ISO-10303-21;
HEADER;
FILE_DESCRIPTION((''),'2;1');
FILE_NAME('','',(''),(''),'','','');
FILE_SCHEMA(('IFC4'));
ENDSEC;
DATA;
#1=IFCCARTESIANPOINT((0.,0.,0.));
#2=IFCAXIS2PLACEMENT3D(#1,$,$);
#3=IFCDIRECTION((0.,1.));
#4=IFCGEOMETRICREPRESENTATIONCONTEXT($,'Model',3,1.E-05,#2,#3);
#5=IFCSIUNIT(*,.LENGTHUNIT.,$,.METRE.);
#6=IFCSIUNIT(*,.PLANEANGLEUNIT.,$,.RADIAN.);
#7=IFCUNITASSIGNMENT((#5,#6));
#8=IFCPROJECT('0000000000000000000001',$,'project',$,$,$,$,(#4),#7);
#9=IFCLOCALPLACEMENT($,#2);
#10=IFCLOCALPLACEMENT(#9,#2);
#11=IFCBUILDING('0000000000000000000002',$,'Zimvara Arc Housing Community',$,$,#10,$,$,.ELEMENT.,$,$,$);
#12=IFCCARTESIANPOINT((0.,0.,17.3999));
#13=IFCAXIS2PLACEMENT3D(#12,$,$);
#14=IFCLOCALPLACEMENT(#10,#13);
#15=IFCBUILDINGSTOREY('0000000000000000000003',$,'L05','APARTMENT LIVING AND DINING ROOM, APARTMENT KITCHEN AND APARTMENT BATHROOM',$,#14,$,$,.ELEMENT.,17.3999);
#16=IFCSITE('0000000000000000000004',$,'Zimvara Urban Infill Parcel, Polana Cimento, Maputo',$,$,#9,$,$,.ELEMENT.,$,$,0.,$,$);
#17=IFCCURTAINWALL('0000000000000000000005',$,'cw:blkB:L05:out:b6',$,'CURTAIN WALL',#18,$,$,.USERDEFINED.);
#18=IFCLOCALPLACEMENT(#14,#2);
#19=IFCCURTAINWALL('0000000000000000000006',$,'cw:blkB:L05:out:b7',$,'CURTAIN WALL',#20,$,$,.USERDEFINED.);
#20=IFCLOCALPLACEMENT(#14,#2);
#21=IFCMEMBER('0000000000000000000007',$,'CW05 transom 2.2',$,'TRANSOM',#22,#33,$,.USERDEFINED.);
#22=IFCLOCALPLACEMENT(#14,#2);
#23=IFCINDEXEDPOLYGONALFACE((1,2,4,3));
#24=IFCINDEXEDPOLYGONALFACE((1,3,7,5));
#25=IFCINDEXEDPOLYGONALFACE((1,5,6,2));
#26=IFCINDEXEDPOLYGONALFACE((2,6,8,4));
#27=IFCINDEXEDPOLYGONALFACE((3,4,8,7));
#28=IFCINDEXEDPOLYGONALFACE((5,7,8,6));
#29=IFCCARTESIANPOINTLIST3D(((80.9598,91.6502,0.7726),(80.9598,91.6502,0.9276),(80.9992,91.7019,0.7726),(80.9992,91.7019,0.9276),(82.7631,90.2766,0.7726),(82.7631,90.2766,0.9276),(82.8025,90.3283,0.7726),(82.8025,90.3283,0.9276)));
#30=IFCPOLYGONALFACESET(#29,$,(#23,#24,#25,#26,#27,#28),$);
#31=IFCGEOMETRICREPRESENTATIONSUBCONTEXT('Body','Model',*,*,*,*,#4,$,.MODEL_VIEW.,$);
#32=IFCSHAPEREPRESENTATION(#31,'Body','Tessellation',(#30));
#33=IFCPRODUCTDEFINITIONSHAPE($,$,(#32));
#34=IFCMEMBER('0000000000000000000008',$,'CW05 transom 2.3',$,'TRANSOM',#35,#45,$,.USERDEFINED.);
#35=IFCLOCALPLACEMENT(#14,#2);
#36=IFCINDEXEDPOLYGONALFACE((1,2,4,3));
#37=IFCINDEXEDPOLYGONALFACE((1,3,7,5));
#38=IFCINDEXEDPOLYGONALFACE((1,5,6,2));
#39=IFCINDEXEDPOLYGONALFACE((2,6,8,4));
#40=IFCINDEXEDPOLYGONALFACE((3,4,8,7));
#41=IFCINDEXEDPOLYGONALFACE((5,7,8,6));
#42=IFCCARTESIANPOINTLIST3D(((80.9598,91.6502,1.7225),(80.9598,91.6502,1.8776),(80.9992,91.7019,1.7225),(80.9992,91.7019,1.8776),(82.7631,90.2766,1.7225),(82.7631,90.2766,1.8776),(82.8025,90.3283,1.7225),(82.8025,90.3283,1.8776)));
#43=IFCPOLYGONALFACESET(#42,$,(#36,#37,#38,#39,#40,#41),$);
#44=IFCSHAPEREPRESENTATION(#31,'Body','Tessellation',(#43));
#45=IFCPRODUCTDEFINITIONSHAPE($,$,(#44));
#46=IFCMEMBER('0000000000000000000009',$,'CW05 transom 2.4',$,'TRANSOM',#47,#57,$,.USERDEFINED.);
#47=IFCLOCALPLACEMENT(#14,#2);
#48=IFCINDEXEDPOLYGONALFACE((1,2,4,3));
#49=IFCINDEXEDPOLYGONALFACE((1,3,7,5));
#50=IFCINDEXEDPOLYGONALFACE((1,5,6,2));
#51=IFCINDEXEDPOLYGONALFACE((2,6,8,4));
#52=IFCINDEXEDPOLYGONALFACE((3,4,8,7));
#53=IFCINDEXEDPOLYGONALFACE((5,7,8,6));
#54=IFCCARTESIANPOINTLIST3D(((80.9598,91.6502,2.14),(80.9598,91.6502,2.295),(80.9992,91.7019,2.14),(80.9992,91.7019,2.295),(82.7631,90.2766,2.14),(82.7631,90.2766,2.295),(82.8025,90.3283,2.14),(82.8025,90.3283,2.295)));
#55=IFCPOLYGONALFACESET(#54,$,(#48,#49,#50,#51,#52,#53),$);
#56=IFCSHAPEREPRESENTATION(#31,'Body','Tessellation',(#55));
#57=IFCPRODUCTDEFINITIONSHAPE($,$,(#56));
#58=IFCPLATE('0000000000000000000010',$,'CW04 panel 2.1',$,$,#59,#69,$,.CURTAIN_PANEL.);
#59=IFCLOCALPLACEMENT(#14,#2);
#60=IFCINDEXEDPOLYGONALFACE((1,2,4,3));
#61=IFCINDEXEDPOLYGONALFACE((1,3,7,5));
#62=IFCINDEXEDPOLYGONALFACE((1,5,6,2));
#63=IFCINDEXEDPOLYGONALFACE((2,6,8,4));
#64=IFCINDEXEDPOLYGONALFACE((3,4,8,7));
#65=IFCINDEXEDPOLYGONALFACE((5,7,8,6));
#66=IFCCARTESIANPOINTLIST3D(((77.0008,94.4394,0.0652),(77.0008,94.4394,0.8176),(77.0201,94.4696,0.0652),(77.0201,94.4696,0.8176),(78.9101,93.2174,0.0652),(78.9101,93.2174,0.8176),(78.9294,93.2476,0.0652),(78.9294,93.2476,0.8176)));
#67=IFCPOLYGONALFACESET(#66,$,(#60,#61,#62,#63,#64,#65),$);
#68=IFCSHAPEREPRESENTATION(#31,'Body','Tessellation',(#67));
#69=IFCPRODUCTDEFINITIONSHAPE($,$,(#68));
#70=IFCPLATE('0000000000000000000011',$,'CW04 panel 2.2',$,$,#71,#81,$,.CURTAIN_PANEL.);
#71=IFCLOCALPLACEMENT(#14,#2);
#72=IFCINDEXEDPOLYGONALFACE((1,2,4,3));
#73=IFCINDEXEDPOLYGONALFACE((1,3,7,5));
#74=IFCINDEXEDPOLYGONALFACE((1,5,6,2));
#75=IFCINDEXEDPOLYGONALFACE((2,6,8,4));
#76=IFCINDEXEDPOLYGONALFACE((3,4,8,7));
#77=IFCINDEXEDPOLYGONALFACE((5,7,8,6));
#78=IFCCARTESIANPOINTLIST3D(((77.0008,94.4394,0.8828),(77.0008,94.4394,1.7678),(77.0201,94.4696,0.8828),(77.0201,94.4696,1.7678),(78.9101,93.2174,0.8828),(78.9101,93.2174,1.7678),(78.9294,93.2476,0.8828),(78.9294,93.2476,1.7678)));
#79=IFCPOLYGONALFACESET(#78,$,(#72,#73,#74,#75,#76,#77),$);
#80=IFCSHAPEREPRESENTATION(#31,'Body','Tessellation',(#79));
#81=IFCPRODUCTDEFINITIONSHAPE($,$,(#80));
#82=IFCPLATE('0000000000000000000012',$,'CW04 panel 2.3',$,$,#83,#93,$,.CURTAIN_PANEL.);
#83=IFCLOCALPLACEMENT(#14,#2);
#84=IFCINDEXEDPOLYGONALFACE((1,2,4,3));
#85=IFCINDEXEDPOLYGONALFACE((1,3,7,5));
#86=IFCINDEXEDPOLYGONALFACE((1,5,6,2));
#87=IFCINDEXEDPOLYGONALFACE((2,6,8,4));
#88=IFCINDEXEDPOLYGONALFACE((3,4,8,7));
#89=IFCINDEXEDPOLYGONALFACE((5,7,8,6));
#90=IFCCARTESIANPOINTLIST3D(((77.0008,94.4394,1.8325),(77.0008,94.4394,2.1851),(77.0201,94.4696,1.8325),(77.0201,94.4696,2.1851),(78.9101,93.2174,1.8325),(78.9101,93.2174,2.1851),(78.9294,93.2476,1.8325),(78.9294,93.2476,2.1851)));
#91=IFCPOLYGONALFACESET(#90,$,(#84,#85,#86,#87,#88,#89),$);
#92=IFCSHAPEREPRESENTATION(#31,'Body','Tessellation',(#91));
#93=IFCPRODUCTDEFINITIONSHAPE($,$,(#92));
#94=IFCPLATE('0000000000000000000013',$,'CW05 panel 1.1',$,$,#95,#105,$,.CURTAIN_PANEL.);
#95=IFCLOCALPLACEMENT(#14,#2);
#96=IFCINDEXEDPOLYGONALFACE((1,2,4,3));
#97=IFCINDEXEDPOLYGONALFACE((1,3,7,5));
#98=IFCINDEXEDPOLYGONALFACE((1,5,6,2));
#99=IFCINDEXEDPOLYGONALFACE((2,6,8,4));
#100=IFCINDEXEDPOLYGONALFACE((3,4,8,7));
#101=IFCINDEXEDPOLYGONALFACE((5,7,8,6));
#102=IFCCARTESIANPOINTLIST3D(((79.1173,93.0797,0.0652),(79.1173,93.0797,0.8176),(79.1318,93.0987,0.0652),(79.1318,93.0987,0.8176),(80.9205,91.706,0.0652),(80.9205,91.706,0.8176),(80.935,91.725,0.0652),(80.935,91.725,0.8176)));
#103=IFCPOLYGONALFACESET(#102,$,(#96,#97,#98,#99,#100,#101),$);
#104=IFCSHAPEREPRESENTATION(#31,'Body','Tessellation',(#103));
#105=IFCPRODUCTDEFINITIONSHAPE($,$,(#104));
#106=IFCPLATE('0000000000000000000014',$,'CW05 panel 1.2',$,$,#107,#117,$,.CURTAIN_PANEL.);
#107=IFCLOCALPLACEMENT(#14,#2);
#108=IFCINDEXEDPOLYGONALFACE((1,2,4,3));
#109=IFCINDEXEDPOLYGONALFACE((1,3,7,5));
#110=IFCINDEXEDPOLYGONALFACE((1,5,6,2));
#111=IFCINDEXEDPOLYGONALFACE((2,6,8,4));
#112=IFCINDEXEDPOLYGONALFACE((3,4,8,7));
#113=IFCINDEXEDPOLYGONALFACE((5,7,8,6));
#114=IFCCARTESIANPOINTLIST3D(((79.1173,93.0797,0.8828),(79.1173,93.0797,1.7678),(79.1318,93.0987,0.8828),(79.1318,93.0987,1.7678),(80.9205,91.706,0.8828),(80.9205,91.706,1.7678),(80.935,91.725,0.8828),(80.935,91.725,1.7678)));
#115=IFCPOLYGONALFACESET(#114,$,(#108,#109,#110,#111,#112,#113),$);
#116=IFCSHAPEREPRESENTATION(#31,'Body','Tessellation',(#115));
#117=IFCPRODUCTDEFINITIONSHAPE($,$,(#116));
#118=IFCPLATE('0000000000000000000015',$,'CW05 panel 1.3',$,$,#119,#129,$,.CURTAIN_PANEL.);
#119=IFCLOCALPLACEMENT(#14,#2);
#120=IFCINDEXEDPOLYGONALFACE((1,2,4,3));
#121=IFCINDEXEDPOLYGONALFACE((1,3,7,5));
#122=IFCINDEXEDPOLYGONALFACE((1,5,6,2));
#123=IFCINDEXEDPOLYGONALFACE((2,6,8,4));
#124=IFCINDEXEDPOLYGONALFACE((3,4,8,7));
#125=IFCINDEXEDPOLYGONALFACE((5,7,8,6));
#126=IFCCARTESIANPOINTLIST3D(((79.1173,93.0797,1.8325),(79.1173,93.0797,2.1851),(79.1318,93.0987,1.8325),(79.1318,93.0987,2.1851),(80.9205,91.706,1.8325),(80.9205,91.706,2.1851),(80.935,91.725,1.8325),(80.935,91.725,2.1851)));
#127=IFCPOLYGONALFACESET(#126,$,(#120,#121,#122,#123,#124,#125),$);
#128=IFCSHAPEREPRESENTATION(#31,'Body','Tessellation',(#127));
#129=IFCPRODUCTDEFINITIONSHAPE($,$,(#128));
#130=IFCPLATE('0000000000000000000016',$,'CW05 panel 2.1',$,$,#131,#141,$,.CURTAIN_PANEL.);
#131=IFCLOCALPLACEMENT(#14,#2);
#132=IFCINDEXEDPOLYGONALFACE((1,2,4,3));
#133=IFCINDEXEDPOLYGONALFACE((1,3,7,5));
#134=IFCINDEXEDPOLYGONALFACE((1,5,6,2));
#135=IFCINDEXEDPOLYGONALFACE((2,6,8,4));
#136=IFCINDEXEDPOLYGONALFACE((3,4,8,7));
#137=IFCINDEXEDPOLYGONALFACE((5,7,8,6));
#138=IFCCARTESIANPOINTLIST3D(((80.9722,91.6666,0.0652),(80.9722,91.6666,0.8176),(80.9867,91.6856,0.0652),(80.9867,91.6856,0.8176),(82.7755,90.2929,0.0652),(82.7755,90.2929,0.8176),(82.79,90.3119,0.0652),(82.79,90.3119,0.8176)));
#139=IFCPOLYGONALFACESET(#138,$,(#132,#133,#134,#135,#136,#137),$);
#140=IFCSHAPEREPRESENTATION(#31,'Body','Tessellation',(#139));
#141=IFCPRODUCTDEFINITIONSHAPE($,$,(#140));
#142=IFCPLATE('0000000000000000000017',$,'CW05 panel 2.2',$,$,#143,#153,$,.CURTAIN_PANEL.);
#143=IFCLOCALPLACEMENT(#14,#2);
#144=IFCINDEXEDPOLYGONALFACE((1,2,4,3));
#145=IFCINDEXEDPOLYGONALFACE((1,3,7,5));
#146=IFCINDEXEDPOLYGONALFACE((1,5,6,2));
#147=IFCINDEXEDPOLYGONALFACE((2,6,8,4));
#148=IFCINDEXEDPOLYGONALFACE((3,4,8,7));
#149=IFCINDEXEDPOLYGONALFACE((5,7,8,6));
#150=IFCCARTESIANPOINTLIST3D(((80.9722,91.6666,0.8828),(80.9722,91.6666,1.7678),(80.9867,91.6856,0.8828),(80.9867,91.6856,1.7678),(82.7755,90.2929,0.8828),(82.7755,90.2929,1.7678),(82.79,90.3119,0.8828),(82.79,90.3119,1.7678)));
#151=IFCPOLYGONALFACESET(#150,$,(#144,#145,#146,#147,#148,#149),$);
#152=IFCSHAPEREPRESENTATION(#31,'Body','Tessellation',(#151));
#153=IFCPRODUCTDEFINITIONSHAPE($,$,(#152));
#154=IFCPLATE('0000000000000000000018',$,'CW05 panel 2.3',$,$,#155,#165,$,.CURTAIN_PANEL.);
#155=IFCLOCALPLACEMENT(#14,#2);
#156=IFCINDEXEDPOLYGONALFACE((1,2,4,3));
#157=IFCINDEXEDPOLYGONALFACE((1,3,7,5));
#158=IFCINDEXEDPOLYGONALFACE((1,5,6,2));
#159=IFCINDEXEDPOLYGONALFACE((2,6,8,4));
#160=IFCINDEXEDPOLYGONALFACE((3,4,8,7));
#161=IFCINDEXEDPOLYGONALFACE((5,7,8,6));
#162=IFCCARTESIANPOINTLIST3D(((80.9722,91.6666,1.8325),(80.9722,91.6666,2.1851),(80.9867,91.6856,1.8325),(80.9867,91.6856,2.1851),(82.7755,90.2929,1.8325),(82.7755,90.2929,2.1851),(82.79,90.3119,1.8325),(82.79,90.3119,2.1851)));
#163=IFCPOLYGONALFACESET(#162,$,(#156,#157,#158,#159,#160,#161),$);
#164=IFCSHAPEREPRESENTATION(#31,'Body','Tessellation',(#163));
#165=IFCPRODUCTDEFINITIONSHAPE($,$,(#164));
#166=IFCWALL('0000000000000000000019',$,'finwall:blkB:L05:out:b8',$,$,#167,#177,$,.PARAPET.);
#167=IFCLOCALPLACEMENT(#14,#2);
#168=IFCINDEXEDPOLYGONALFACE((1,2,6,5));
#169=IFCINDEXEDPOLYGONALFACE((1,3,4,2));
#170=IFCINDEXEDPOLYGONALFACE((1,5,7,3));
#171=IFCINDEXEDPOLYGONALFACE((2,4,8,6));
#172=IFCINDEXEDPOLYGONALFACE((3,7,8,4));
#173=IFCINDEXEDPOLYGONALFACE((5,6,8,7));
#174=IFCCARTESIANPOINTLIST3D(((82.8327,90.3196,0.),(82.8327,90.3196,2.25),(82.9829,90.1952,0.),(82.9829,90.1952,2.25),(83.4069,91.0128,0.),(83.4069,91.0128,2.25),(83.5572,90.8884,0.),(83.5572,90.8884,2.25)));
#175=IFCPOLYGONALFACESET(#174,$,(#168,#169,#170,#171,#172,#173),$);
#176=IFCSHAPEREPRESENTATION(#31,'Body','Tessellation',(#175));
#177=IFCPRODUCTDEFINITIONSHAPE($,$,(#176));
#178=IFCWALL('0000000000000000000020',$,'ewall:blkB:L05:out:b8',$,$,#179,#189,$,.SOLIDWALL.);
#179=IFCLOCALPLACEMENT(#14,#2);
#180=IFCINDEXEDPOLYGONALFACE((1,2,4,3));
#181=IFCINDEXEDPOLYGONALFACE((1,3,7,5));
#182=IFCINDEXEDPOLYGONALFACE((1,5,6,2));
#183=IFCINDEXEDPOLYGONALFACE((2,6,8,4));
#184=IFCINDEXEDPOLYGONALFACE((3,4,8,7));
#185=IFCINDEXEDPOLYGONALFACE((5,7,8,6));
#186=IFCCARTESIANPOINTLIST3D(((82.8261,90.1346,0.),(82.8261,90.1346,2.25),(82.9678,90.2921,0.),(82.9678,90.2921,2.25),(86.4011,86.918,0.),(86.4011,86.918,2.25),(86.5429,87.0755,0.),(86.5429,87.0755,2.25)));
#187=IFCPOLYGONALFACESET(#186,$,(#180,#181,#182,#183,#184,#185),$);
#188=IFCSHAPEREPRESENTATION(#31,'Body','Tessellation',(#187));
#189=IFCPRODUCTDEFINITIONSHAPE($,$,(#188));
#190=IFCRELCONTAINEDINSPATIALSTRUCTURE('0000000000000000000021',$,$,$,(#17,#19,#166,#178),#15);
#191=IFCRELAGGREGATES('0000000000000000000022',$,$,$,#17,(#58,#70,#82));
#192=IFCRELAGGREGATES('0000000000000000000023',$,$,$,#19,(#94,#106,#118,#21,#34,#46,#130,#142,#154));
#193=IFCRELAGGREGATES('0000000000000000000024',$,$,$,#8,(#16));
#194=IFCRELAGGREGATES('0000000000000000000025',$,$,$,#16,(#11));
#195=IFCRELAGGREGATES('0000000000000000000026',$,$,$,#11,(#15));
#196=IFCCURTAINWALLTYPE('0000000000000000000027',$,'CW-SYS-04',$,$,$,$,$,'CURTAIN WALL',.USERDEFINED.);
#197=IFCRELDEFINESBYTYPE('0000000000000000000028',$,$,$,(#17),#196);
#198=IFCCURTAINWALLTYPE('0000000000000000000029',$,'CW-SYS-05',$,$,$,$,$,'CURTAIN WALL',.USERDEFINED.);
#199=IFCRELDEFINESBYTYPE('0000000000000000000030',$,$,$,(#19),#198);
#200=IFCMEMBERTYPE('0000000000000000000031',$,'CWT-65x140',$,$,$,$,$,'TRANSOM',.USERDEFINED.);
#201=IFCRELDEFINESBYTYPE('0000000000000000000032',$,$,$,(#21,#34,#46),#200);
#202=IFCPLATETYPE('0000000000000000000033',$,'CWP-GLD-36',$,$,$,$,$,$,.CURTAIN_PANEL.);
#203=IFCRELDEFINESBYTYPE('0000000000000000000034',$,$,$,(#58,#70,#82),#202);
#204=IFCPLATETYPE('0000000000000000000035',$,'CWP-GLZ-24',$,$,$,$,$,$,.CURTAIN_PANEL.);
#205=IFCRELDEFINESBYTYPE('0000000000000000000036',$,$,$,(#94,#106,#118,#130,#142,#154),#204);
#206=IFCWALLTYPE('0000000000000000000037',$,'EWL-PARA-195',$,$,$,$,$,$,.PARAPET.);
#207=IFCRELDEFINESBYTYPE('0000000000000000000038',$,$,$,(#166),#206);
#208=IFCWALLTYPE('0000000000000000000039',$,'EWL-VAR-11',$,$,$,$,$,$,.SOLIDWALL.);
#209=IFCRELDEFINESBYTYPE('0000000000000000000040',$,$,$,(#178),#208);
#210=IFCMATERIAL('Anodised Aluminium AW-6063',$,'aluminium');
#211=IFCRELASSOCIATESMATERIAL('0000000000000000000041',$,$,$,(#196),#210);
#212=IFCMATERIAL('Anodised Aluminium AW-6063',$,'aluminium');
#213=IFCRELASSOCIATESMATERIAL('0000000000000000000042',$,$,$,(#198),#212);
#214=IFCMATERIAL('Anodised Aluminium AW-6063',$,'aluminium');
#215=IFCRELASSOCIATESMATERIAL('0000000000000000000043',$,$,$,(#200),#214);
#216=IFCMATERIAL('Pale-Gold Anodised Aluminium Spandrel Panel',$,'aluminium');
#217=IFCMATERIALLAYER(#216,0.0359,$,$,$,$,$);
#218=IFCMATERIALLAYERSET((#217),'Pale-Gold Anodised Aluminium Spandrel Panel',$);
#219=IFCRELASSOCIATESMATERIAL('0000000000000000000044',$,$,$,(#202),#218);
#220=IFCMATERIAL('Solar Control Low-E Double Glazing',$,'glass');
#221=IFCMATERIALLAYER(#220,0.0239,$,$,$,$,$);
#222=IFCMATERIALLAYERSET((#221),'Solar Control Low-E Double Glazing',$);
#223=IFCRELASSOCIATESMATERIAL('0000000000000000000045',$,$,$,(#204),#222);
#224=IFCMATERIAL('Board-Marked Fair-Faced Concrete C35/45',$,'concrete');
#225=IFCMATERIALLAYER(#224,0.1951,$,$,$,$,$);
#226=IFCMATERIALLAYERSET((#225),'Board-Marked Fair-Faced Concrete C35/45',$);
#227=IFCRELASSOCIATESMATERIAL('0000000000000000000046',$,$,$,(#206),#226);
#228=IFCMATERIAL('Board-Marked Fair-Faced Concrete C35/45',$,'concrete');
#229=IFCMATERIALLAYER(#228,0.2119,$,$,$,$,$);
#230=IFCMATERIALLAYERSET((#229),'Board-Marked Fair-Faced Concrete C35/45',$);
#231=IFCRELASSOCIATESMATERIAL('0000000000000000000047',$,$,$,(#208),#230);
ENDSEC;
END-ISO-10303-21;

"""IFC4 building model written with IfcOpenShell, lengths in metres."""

from ifc_helpers import new_model, si_unit, direction, frame, frame_2d, origin, origin_2d, place, context, subcontext, project, spatial, rectangle, extrude, material, layer, layer_set, material_profile, profile_set, type_object, element, aggregate, save


model = new_model("IFC4")

# Units and contexts
model_context = context("Model", 3, precision=1e-05, world=origin(), true_north=direction((0.0, 1.0)))
body_context = subcontext(model_context, "Body", "Model", "MODEL_VIEW")
ifc_project = project(units=[si_unit("LENGTHUNIT", "METRE"), si_unit("PLANEANGLEUNIT", "RADIAN")], contexts=[model_context])

# Site, building, storey
site_placement = place(None, origin())
site = spatial("IfcSite", under=ifc_project, at=site_placement, Name="Zimvara Urban Infill Parcel, Polana Cimento, Maputo", CompositionType="ELEMENT", RefElevation=0.0)
building_placement = place(site_placement, origin())
building = spatial("IfcBuilding", under=site, at=building_placement, Name="Zimvara Arc Housing Community", CompositionType="ELEMENT")
storey_placement = place(building_placement, frame((0.0, 0.0, 17.3999)))
storey = spatial("IfcBuildingStorey", under=building, at=storey_placement, Name="L05", Description="APARTMENT LIVING AND DINING ROOM, APARTMENT KITCHEN AND APARTMENT BATHROOM", CompositionType="ELEMENT", Elevation=17.3999)

# Curtain wall
ifc_material_1 = material(Name="Anodised Aluminium AW-6063", Category="aluminium")
curtain_wall_type_1 = type_object("IfcCurtainWallType", Name="CW-SYS-04", ElementType="CURTAIN WALL", PredefinedType="USERDEFINED", material=ifc_material_1)
curtain_wall_1_placement = place(storey_placement, origin())
curtain_wall_1 = element("IfcCurtainWall", 1, at=curtain_wall_1_placement, inside=storey, type_object=curtain_wall_type_1, Name="cw:blkB:L05:out:b6", ObjectType="CURTAIN WALL", PredefinedType="USERDEFINED")

# Curtain wall, members
ifc_material_2 = material(Name="Anodised Aluminium AW-6063", Category="aluminium")
curtain_wall_type_2 = type_object("IfcCurtainWallType", Name="CW-SYS-05", ElementType="CURTAIN WALL", PredefinedType="USERDEFINED", material=ifc_material_2)
curtain_wall_2_placement = place(storey_placement, origin())
curtain_wall_2 = element("IfcCurtainWall", 2, at=curtain_wall_2_placement, inside=storey, type_object=curtain_wall_type_2, Name="cw:blkB:L05:out:b7", ObjectType="CURTAIN WALL", PredefinedType="USERDEFINED")
ifc_material_3 = material(Name="Anodised Aluminium AW-6063", Category="aluminium")
ifc_material_profile_1 = material_profile(ifc_material_3, rectangle(XDim=0.0649, YDim=0.155, at=origin_2d()), Name="ALU 65x155")
ifc_profile_set_1 = profile_set([ifc_material_profile_1], Name="Anodised Aluminium AW-6063")
member_type_1 = type_object("IfcMemberType", Name="CWT-65x140", ElementType="TRANSOM", PredefinedType="USERDEFINED", material=ifc_profile_set_1)
member_1_placement = place(storey_placement, frame((80.9795, 91.676, 0.8501), z_axis=(0.795506, -0.605946, 0.0), x_axis=(0.605946, 0.795506, 0.0)))
member_1 = element("IfcMember", 3, at=member_1_placement, type_object=member_type_1, Name="CW05 transom 2.2", ObjectType="TRANSOM", PredefinedType="USERDEFINED", context=body_context, shape_type="SweptSolid", body=[
    extrude(rectangle(XDim=0.0649, YDim=0.155, at=origin_2d()), origin(), (0.0, 0.0, 1.0), 2.2668),
])
member_2_placement = place(storey_placement, frame((80.9795, 91.676, 1.8), z_axis=(0.795506, -0.605946, 0.0), x_axis=(0.605946, 0.795506, 0.0)))
member_2 = element("IfcMember", 4, at=member_2_placement, type_object=member_type_1, Name="CW05 transom 2.3", ObjectType="TRANSOM", PredefinedType="USERDEFINED", context=body_context, shape_type="SweptSolid", body=[
    extrude(rectangle(XDim=0.0649, YDim=0.155, at=origin_2d()), origin(), (0.0, 0.0, 1.0), 2.2668),
])
member_3_placement = place(storey_placement, frame((80.9795, 91.676, 2.2175), z_axis=(0.795506, -0.605946, 0.0), x_axis=(0.605946, 0.795506, 0.0)))
member_3 = element("IfcMember", 5, at=member_3_placement, type_object=member_type_1, Name="CW05 transom 2.4", ObjectType="TRANSOM", PredefinedType="USERDEFINED", context=body_context, shape_type="SweptSolid", body=[
    extrude(rectangle(XDim=0.0649, YDim=0.155, at=origin_2d()), origin(), (0.0, 0.0, 1.0), 2.2668),
])

# Plates
ifc_material_4 = material(Name="Pale-Gold Anodised Aluminium Spandrel Panel", Category="aluminium")
ifc_layer_1 = layer(ifc_material_4, 0.0359)
ifc_layer_set_1 = layer_set([ifc_layer_1], Name="Pale-Gold Anodised Aluminium Spandrel Panel")
plate_type_1 = type_object("IfcPlateType", Name="CWP-GLD-36", PredefinedType="CURTAIN_PANEL", material=ifc_layer_set_1)
plate_1_placement = place(storey_placement, frame((77.9651, 93.8435, 0.0652), z_axis=(0.0, 0.0, 1.0), x_axis=(0.842264, -0.539065, 0.0)))
plate_1 = element("IfcPlate", 6, at=plate_1_placement, type_object=plate_type_1, Name="CW04 panel 2.1", PredefinedType="CURTAIN_PANEL", context=body_context, shape_type="SweptSolid", body=[
    extrude(rectangle(XDim=2.2668, YDim=0.0359, at=origin_2d()), origin(), (0.0, 0.0, 1.0), 0.7524),
])
plate_2_placement = place(storey_placement, frame((77.9651, 93.8435, 0.8828), z_axis=(0.0, 0.0, 1.0), x_axis=(0.842264, -0.539065, 0.0)))
plate_2 = element("IfcPlate", 7, at=plate_2_placement, type_object=plate_type_1, Name="CW04 panel 2.2", PredefinedType="CURTAIN_PANEL", context=body_context, shape_type="SweptSolid", body=[
    extrude(rectangle(XDim=2.2668, YDim=0.0359, at=origin_2d()), origin(), (0.0, 0.0, 1.0), 0.885),
])
plate_3_placement = place(storey_placement, frame((77.9651, 93.8435, 1.8325), z_axis=(0.0, 0.0, 1.0), x_axis=(0.842264, -0.539065, 0.0)))
plate_3 = element("IfcPlate", 8, at=plate_3_placement, type_object=plate_type_1, Name="CW04 panel 2.3", PredefinedType="CURTAIN_PANEL", context=body_context, shape_type="SweptSolid", body=[
    extrude(rectangle(XDim=2.2668, YDim=0.0359, at=origin_2d()), origin(), (0.0, 0.0, 1.0), 0.3525),
])
aggregate(curtain_wall_1, [plate_1, plate_2, plate_3])
ifc_material_5 = material(Name="Solar Control Low-E Double Glazing", Category="glass")
ifc_layer_2 = layer(ifc_material_5, 0.0239)
ifc_layer_set_2 = layer_set([ifc_layer_2], Name="Solar Control Low-E Double Glazing")
plate_type_2 = type_object("IfcPlateType", Name="CWP-GLZ-24", PredefinedType="CURTAIN_PANEL", material=ifc_layer_set_2)
plate_4_placement = place(storey_placement, frame((80.0261, 92.4023, 0.0652), z_axis=(0.0, 0.0, 1.0), x_axis=(0.795474, -0.605988, 0.0)))
plate_4 = element("IfcPlate", 9, at=plate_4_placement, type_object=plate_type_2, Name="CW05 panel 1.1", PredefinedType="CURTAIN_PANEL", context=body_context, shape_type="SweptSolid", body=[
    extrude(rectangle(XDim=2.2668, YDim=0.0239, at=origin_2d()), origin(), (0.0, 0.0, 1.0), 0.7524),
])
plate_5_placement = place(storey_placement, frame((80.0261, 92.4023, 0.8828), z_axis=(0.0, 0.0, 1.0), x_axis=(0.795474, -0.605988, 0.0)))
plate_5 = element("IfcPlate", 10, at=plate_5_placement, type_object=plate_type_2, Name="CW05 panel 1.2", PredefinedType="CURTAIN_PANEL", context=body_context, shape_type="SweptSolid", body=[
    extrude(rectangle(XDim=2.2668, YDim=0.0239, at=origin_2d()), origin(), (0.0, 0.0, 1.0), 0.885),
])
plate_6_placement = place(storey_placement, frame((80.0261, 92.4023, 1.8325), z_axis=(0.0, 0.0, 1.0), x_axis=(0.795474, -0.605988, 0.0)))
plate_6 = element("IfcPlate", 11, at=plate_6_placement, type_object=plate_type_2, Name="CW05 panel 1.3", PredefinedType="CURTAIN_PANEL", context=body_context, shape_type="SweptSolid", body=[
    extrude(rectangle(XDim=2.2668, YDim=0.0239, at=origin_2d()), origin(), (0.0, 0.0, 1.0), 0.3525),
])
plate_7_placement = place(storey_placement, frame((81.8811, 90.9893, 0.0652), z_axis=(0.0, 0.0, 1.0), x_axis=(0.795474, -0.605988, 0.0)))
plate_7 = element("IfcPlate", 12, at=plate_7_placement, type_object=plate_type_2, Name="CW05 panel 2.1", PredefinedType="CURTAIN_PANEL", context=body_context, shape_type="SweptSolid", body=[
    extrude(rectangle(XDim=2.2668, YDim=0.0239, at=origin_2d()), origin(), (0.0, 0.0, 1.0), 0.7524),
])
plate_8_placement = place(storey_placement, frame((81.8811, 90.9893, 0.8828), z_axis=(0.0, 0.0, 1.0), x_axis=(0.795474, -0.605988, 0.0)))
plate_8 = element("IfcPlate", 13, at=plate_8_placement, type_object=plate_type_2, Name="CW05 panel 2.2", PredefinedType="CURTAIN_PANEL", context=body_context, shape_type="SweptSolid", body=[
    extrude(rectangle(XDim=2.2668, YDim=0.0239, at=origin_2d()), origin(), (0.0, 0.0, 1.0), 0.885),
])
plate_9_placement = place(storey_placement, frame((81.8811, 90.9893, 1.8325), z_axis=(0.0, 0.0, 1.0), x_axis=(0.795474, -0.605988, 0.0)))
plate_9 = element("IfcPlate", 14, at=plate_9_placement, type_object=plate_type_2, Name="CW05 panel 2.3", PredefinedType="CURTAIN_PANEL", context=body_context, shape_type="SweptSolid", body=[
    extrude(rectangle(XDim=2.2668, YDim=0.0239, at=origin_2d()), origin(), (0.0, 0.0, 1.0), 0.3525),
])
aggregate(curtain_wall_2, [plate_4, plate_5, plate_6, member_1, member_2, member_3, plate_7, plate_8, plate_9])

# Walls
ifc_material_6 = material(Name="Board-Marked Fair-Faced Concrete C35/45", Category="concrete")
ifc_layer_3 = layer(ifc_material_6, 0.1951)
ifc_layer_set_3 = layer_set([ifc_layer_3], Name="Board-Marked Fair-Faced Concrete C35/45")
wall_type_1 = type_object("IfcWallType", Name="EWL-PARA-195", PredefinedType="PARAPET", material=ifc_layer_set_3)
wall_1_placement = place(storey_placement, frame((82.9077, 90.2573, 0.0), z_axis=(0.0, 0.0, 1.0), x_axis=(0.637967, 0.770063, 0.0)))
element("IfcWall", 15, at=wall_1_placement, inside=storey, type_object=wall_type_1, Name="finwall:blkB:L05:out:b8", PredefinedType="PARAPET", context=body_context, shape_type="SweptSolid", body=[
    extrude(rectangle(XDim=0.9001, YDim=0.1951, at=frame_2d((0.4502, 0.0))), origin(), (0.0, 0.0, 1.0), 2.25),
])
ifc_material_7 = material(Name="Board-Marked Fair-Faced Concrete C35/45", Category="concrete")
ifc_layer_4 = layer(ifc_material_7, 0.2119)
ifc_layer_set_4 = layer_set([ifc_layer_4], Name="Board-Marked Fair-Faced Concrete C35/45")
wall_type_2 = type_object("IfcWallType", Name="EWL-VAR-11", PredefinedType="SOLIDWALL", material=ifc_layer_set_4)
wall_2_placement = place(storey_placement, frame((82.897, 90.2134, 0.0), z_axis=(0.0, 0.0, 1.0), x_axis=(0.743388, -0.668861, 0.0)))
element("IfcWall", 16, at=wall_2_placement, inside=storey, type_object=wall_type_2, Name="ewall:blkB:L05:out:b8", PredefinedType="SOLIDWALL", context=body_context, shape_type="SweptSolid", body=[
    extrude(rectangle(XDim=4.8091, YDim=0.2119, at=frame_2d((2.4045, 0.0))), origin(), (0.0, 0.0, 1.0), 2.25),
])

save(model, "model.ifc")
